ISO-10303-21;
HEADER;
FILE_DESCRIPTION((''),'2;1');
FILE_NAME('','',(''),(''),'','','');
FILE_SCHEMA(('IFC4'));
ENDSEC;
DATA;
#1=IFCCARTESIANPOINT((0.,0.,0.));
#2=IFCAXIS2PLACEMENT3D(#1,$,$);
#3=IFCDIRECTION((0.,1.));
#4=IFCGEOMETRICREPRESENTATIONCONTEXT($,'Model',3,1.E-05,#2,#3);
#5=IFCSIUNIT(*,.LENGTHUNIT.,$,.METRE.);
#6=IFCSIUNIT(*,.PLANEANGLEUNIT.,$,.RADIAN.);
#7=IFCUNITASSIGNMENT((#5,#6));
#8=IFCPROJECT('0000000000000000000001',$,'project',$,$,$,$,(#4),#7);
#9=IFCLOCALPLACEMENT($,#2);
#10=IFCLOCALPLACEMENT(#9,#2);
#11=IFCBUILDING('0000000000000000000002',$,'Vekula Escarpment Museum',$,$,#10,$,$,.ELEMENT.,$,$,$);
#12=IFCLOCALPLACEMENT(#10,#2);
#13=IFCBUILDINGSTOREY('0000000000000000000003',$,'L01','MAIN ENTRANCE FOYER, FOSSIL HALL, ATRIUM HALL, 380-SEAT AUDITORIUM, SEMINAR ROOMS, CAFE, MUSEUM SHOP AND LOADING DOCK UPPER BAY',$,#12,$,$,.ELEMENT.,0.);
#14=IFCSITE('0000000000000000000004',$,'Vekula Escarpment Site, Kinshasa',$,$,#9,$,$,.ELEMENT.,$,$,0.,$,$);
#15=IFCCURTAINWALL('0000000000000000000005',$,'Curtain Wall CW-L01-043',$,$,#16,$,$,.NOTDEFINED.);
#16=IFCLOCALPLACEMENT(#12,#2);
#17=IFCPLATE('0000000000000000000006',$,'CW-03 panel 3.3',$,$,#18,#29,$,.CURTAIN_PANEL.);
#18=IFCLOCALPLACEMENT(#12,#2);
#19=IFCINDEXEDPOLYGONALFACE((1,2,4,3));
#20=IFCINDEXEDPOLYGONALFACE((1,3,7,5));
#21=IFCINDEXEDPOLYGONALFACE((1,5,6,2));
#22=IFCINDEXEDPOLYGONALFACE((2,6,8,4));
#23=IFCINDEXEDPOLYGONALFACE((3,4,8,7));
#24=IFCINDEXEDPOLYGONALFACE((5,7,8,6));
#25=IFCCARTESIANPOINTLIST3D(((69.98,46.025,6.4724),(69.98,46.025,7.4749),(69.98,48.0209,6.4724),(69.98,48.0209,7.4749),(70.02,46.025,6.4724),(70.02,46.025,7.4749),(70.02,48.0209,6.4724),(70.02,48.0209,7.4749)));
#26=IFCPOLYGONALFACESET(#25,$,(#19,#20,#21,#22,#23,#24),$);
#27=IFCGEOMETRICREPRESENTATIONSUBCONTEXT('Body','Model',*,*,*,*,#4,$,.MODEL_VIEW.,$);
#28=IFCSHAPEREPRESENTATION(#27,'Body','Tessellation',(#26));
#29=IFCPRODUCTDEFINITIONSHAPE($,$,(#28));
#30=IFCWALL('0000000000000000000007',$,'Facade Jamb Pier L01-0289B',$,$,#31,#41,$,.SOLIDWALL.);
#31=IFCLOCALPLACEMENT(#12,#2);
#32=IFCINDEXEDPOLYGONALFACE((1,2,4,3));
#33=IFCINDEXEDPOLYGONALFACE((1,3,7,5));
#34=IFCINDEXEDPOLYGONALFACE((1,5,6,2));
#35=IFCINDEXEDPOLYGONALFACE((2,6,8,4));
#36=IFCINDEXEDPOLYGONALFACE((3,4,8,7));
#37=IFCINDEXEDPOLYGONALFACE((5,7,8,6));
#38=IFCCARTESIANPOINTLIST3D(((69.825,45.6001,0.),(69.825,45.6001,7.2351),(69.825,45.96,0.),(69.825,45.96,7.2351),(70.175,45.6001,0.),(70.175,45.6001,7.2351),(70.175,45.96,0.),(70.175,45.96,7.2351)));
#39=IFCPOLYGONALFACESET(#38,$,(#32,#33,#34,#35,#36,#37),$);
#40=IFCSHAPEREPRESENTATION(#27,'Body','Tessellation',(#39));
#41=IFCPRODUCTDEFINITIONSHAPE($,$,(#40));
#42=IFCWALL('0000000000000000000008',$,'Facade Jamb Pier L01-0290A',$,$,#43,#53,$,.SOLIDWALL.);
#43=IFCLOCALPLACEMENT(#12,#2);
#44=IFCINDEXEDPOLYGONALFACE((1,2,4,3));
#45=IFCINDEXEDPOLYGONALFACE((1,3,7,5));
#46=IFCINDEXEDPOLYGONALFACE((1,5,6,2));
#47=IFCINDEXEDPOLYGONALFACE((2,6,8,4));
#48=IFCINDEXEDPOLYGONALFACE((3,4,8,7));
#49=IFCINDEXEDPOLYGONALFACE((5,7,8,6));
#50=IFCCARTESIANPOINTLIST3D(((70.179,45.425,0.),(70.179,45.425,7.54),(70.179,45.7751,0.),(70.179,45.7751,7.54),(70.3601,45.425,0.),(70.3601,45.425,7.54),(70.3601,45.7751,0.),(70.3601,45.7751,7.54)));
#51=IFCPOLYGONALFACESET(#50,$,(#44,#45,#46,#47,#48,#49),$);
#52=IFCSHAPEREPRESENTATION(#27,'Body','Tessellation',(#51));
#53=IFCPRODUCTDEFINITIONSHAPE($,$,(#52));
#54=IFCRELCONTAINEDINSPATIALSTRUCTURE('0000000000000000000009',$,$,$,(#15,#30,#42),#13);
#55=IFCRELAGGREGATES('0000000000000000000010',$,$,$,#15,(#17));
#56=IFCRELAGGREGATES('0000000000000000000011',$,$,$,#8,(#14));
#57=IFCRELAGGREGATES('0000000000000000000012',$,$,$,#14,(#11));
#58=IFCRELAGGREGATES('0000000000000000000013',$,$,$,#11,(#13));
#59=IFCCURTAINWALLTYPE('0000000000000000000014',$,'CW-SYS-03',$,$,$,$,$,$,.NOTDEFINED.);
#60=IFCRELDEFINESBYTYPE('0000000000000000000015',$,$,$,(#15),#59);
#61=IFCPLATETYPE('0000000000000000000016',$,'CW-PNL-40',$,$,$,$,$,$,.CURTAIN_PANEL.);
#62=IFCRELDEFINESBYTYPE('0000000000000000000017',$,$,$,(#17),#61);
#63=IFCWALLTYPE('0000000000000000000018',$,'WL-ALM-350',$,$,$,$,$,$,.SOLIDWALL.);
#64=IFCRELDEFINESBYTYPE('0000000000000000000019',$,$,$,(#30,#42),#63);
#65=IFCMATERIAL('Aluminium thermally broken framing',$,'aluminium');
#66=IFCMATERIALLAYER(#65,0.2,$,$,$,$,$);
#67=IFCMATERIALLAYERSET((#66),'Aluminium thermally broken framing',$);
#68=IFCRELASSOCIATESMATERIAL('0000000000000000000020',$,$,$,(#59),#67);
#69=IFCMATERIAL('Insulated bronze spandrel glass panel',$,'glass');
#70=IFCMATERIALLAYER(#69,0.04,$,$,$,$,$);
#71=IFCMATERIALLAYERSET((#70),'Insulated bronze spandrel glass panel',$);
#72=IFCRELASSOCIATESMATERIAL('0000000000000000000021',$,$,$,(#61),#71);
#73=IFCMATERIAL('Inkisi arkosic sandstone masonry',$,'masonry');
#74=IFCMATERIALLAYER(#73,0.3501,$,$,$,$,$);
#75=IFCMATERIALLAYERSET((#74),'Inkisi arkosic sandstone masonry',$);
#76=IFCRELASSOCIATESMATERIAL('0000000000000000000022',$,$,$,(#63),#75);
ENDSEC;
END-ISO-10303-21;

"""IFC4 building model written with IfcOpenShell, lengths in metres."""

from ifc_helpers import new_model, si_unit, direction, frame, frame_2d, origin, origin_2d, place, context, subcontext, project, spatial, rectangle, extrude, material, layer, layer_set, type_object, element, aggregate, save


model = new_model("IFC4")

# Units and contexts
model_context = context("Model", 3, precision=1e-05, world=origin(), true_north=direction((0.0, 1.0)))
body_context = subcontext(model_context, "Body", "Model", "MODEL_VIEW")
ifc_project = project(units=[si_unit("LENGTHUNIT", "METRE"), si_unit("PLANEANGLEUNIT", "RADIAN")], contexts=[model_context])

# Site, building, storey
site_placement = place(None, origin())
site = spatial("IfcSite", under=ifc_project, at=site_placement, Name="Vekula Escarpment Site, Kinshasa", CompositionType="ELEMENT", RefElevation=0.0)
building_placement = place(site_placement, origin())
building = spatial("IfcBuilding", under=site, at=building_placement, Name="Vekula Escarpment Museum", CompositionType="ELEMENT")
storey_placement = place(building_placement, origin())
storey = spatial("IfcBuildingStorey", under=building, at=storey_placement, Name="L01", Description="MAIN ENTRANCE FOYER, FOSSIL HALL, ATRIUM HALL, 380-SEAT AUDITORIUM, SEMINAR ROOMS, CAFE, MUSEUM SHOP AND LOADING DOCK UPPER BAY", CompositionType="ELEMENT", Elevation=0.0)

# Curtain wall
ifc_material_1 = material(Name="Aluminium thermally broken framing", Category="aluminium")
ifc_layer_1 = layer(ifc_material_1, 0.2)
ifc_layer_set_1 = layer_set([ifc_layer_1], Name="Aluminium thermally broken framing")
curtain_wall_type_1 = type_object("IfcCurtainWallType", Name="CW-SYS-03", PredefinedType="NOTDEFINED", material=ifc_layer_set_1)
curtain_wall_1_placement = place(storey_placement, origin())
curtain_wall_1 = element("IfcCurtainWall", 1, at=curtain_wall_1_placement, inside=storey, type_object=curtain_wall_type_1, Name="Curtain Wall CW-L01-043", PredefinedType="NOTDEFINED")

# Plate
ifc_material_2 = material(Name="Insulated bronze spandrel glass panel", Category="glass")
ifc_layer_2 = layer(ifc_material_2, 0.04)
ifc_layer_set_2 = layer_set([ifc_layer_2], Name="Insulated bronze spandrel glass panel")
plate_type = type_object("IfcPlateType", Name="CW-PNL-40", PredefinedType="CURTAIN_PANEL", material=ifc_layer_set_2)
plate_1_placement = place(storey_placement, frame((70.0, 47.0229, 6.4724), z_axis=(0.0, 0.0, 1.0), x_axis=(0.0, -1.0, 0.0)))
plate_1 = element("IfcPlate", 2, at=plate_1_placement, type_object=plate_type, Name="CW-03 panel 3.3", PredefinedType="CURTAIN_PANEL", context=body_context, shape_type="SweptSolid", body=[
    extrude(rectangle(XDim=1.9958, YDim=0.04, at=origin_2d()), origin(), (0.0, 0.0, 1.0), 1.0024),
])
aggregate(curtain_wall_1, [plate_1])

# Walls
ifc_material_3 = material(Name="Inkisi arkosic sandstone masonry", Category="masonry")
ifc_layer_3 = layer(ifc_material_3, 0.3501)
ifc_layer_set_3 = layer_set([ifc_layer_3], Name="Inkisi arkosic sandstone masonry")
wall_type = type_object("IfcWallType", Name="WL-ALM-350", PredefinedType="SOLIDWALL", material=ifc_layer_set_3)
wall_1_placement = place(storey_placement, frame((70.0, 45.96, 0.0), z_axis=(0.0, 0.0, 1.0), x_axis=(0.0, -1.0, 0.0)))
element("IfcWall", 3, at=wall_1_placement, inside=storey, type_object=wall_type, Name="Facade Jamb Pier L01-0289B", PredefinedType="SOLIDWALL", context=body_context, shape_type="SweptSolid", body=[
    extrude(rectangle(XDim=0.3599, YDim=0.3501, at=frame_2d((0.1799, 0.0))), origin(), (0.0, 0.0, 1.0), 7.2351),
])
wall_2_placement = place(storey_placement, frame((70.179, 45.6001, 0.0), z_axis=(0.0, 0.0, 1.0), x_axis=(1.0, 0.0, 0.0)))
element("IfcWall", 4, at=wall_2_placement, inside=storey, type_object=wall_type, Name="Facade Jamb Pier L01-0290A", PredefinedType="SOLIDWALL", context=body_context, shape_type="SweptSolid", body=[
    extrude(rectangle(XDim=0.1812, YDim=0.3501, at=frame_2d((0.0906, 0.0))), origin(), (0.0, 0.0, 1.0), 7.54),
])

save(model, "model.ifc")
